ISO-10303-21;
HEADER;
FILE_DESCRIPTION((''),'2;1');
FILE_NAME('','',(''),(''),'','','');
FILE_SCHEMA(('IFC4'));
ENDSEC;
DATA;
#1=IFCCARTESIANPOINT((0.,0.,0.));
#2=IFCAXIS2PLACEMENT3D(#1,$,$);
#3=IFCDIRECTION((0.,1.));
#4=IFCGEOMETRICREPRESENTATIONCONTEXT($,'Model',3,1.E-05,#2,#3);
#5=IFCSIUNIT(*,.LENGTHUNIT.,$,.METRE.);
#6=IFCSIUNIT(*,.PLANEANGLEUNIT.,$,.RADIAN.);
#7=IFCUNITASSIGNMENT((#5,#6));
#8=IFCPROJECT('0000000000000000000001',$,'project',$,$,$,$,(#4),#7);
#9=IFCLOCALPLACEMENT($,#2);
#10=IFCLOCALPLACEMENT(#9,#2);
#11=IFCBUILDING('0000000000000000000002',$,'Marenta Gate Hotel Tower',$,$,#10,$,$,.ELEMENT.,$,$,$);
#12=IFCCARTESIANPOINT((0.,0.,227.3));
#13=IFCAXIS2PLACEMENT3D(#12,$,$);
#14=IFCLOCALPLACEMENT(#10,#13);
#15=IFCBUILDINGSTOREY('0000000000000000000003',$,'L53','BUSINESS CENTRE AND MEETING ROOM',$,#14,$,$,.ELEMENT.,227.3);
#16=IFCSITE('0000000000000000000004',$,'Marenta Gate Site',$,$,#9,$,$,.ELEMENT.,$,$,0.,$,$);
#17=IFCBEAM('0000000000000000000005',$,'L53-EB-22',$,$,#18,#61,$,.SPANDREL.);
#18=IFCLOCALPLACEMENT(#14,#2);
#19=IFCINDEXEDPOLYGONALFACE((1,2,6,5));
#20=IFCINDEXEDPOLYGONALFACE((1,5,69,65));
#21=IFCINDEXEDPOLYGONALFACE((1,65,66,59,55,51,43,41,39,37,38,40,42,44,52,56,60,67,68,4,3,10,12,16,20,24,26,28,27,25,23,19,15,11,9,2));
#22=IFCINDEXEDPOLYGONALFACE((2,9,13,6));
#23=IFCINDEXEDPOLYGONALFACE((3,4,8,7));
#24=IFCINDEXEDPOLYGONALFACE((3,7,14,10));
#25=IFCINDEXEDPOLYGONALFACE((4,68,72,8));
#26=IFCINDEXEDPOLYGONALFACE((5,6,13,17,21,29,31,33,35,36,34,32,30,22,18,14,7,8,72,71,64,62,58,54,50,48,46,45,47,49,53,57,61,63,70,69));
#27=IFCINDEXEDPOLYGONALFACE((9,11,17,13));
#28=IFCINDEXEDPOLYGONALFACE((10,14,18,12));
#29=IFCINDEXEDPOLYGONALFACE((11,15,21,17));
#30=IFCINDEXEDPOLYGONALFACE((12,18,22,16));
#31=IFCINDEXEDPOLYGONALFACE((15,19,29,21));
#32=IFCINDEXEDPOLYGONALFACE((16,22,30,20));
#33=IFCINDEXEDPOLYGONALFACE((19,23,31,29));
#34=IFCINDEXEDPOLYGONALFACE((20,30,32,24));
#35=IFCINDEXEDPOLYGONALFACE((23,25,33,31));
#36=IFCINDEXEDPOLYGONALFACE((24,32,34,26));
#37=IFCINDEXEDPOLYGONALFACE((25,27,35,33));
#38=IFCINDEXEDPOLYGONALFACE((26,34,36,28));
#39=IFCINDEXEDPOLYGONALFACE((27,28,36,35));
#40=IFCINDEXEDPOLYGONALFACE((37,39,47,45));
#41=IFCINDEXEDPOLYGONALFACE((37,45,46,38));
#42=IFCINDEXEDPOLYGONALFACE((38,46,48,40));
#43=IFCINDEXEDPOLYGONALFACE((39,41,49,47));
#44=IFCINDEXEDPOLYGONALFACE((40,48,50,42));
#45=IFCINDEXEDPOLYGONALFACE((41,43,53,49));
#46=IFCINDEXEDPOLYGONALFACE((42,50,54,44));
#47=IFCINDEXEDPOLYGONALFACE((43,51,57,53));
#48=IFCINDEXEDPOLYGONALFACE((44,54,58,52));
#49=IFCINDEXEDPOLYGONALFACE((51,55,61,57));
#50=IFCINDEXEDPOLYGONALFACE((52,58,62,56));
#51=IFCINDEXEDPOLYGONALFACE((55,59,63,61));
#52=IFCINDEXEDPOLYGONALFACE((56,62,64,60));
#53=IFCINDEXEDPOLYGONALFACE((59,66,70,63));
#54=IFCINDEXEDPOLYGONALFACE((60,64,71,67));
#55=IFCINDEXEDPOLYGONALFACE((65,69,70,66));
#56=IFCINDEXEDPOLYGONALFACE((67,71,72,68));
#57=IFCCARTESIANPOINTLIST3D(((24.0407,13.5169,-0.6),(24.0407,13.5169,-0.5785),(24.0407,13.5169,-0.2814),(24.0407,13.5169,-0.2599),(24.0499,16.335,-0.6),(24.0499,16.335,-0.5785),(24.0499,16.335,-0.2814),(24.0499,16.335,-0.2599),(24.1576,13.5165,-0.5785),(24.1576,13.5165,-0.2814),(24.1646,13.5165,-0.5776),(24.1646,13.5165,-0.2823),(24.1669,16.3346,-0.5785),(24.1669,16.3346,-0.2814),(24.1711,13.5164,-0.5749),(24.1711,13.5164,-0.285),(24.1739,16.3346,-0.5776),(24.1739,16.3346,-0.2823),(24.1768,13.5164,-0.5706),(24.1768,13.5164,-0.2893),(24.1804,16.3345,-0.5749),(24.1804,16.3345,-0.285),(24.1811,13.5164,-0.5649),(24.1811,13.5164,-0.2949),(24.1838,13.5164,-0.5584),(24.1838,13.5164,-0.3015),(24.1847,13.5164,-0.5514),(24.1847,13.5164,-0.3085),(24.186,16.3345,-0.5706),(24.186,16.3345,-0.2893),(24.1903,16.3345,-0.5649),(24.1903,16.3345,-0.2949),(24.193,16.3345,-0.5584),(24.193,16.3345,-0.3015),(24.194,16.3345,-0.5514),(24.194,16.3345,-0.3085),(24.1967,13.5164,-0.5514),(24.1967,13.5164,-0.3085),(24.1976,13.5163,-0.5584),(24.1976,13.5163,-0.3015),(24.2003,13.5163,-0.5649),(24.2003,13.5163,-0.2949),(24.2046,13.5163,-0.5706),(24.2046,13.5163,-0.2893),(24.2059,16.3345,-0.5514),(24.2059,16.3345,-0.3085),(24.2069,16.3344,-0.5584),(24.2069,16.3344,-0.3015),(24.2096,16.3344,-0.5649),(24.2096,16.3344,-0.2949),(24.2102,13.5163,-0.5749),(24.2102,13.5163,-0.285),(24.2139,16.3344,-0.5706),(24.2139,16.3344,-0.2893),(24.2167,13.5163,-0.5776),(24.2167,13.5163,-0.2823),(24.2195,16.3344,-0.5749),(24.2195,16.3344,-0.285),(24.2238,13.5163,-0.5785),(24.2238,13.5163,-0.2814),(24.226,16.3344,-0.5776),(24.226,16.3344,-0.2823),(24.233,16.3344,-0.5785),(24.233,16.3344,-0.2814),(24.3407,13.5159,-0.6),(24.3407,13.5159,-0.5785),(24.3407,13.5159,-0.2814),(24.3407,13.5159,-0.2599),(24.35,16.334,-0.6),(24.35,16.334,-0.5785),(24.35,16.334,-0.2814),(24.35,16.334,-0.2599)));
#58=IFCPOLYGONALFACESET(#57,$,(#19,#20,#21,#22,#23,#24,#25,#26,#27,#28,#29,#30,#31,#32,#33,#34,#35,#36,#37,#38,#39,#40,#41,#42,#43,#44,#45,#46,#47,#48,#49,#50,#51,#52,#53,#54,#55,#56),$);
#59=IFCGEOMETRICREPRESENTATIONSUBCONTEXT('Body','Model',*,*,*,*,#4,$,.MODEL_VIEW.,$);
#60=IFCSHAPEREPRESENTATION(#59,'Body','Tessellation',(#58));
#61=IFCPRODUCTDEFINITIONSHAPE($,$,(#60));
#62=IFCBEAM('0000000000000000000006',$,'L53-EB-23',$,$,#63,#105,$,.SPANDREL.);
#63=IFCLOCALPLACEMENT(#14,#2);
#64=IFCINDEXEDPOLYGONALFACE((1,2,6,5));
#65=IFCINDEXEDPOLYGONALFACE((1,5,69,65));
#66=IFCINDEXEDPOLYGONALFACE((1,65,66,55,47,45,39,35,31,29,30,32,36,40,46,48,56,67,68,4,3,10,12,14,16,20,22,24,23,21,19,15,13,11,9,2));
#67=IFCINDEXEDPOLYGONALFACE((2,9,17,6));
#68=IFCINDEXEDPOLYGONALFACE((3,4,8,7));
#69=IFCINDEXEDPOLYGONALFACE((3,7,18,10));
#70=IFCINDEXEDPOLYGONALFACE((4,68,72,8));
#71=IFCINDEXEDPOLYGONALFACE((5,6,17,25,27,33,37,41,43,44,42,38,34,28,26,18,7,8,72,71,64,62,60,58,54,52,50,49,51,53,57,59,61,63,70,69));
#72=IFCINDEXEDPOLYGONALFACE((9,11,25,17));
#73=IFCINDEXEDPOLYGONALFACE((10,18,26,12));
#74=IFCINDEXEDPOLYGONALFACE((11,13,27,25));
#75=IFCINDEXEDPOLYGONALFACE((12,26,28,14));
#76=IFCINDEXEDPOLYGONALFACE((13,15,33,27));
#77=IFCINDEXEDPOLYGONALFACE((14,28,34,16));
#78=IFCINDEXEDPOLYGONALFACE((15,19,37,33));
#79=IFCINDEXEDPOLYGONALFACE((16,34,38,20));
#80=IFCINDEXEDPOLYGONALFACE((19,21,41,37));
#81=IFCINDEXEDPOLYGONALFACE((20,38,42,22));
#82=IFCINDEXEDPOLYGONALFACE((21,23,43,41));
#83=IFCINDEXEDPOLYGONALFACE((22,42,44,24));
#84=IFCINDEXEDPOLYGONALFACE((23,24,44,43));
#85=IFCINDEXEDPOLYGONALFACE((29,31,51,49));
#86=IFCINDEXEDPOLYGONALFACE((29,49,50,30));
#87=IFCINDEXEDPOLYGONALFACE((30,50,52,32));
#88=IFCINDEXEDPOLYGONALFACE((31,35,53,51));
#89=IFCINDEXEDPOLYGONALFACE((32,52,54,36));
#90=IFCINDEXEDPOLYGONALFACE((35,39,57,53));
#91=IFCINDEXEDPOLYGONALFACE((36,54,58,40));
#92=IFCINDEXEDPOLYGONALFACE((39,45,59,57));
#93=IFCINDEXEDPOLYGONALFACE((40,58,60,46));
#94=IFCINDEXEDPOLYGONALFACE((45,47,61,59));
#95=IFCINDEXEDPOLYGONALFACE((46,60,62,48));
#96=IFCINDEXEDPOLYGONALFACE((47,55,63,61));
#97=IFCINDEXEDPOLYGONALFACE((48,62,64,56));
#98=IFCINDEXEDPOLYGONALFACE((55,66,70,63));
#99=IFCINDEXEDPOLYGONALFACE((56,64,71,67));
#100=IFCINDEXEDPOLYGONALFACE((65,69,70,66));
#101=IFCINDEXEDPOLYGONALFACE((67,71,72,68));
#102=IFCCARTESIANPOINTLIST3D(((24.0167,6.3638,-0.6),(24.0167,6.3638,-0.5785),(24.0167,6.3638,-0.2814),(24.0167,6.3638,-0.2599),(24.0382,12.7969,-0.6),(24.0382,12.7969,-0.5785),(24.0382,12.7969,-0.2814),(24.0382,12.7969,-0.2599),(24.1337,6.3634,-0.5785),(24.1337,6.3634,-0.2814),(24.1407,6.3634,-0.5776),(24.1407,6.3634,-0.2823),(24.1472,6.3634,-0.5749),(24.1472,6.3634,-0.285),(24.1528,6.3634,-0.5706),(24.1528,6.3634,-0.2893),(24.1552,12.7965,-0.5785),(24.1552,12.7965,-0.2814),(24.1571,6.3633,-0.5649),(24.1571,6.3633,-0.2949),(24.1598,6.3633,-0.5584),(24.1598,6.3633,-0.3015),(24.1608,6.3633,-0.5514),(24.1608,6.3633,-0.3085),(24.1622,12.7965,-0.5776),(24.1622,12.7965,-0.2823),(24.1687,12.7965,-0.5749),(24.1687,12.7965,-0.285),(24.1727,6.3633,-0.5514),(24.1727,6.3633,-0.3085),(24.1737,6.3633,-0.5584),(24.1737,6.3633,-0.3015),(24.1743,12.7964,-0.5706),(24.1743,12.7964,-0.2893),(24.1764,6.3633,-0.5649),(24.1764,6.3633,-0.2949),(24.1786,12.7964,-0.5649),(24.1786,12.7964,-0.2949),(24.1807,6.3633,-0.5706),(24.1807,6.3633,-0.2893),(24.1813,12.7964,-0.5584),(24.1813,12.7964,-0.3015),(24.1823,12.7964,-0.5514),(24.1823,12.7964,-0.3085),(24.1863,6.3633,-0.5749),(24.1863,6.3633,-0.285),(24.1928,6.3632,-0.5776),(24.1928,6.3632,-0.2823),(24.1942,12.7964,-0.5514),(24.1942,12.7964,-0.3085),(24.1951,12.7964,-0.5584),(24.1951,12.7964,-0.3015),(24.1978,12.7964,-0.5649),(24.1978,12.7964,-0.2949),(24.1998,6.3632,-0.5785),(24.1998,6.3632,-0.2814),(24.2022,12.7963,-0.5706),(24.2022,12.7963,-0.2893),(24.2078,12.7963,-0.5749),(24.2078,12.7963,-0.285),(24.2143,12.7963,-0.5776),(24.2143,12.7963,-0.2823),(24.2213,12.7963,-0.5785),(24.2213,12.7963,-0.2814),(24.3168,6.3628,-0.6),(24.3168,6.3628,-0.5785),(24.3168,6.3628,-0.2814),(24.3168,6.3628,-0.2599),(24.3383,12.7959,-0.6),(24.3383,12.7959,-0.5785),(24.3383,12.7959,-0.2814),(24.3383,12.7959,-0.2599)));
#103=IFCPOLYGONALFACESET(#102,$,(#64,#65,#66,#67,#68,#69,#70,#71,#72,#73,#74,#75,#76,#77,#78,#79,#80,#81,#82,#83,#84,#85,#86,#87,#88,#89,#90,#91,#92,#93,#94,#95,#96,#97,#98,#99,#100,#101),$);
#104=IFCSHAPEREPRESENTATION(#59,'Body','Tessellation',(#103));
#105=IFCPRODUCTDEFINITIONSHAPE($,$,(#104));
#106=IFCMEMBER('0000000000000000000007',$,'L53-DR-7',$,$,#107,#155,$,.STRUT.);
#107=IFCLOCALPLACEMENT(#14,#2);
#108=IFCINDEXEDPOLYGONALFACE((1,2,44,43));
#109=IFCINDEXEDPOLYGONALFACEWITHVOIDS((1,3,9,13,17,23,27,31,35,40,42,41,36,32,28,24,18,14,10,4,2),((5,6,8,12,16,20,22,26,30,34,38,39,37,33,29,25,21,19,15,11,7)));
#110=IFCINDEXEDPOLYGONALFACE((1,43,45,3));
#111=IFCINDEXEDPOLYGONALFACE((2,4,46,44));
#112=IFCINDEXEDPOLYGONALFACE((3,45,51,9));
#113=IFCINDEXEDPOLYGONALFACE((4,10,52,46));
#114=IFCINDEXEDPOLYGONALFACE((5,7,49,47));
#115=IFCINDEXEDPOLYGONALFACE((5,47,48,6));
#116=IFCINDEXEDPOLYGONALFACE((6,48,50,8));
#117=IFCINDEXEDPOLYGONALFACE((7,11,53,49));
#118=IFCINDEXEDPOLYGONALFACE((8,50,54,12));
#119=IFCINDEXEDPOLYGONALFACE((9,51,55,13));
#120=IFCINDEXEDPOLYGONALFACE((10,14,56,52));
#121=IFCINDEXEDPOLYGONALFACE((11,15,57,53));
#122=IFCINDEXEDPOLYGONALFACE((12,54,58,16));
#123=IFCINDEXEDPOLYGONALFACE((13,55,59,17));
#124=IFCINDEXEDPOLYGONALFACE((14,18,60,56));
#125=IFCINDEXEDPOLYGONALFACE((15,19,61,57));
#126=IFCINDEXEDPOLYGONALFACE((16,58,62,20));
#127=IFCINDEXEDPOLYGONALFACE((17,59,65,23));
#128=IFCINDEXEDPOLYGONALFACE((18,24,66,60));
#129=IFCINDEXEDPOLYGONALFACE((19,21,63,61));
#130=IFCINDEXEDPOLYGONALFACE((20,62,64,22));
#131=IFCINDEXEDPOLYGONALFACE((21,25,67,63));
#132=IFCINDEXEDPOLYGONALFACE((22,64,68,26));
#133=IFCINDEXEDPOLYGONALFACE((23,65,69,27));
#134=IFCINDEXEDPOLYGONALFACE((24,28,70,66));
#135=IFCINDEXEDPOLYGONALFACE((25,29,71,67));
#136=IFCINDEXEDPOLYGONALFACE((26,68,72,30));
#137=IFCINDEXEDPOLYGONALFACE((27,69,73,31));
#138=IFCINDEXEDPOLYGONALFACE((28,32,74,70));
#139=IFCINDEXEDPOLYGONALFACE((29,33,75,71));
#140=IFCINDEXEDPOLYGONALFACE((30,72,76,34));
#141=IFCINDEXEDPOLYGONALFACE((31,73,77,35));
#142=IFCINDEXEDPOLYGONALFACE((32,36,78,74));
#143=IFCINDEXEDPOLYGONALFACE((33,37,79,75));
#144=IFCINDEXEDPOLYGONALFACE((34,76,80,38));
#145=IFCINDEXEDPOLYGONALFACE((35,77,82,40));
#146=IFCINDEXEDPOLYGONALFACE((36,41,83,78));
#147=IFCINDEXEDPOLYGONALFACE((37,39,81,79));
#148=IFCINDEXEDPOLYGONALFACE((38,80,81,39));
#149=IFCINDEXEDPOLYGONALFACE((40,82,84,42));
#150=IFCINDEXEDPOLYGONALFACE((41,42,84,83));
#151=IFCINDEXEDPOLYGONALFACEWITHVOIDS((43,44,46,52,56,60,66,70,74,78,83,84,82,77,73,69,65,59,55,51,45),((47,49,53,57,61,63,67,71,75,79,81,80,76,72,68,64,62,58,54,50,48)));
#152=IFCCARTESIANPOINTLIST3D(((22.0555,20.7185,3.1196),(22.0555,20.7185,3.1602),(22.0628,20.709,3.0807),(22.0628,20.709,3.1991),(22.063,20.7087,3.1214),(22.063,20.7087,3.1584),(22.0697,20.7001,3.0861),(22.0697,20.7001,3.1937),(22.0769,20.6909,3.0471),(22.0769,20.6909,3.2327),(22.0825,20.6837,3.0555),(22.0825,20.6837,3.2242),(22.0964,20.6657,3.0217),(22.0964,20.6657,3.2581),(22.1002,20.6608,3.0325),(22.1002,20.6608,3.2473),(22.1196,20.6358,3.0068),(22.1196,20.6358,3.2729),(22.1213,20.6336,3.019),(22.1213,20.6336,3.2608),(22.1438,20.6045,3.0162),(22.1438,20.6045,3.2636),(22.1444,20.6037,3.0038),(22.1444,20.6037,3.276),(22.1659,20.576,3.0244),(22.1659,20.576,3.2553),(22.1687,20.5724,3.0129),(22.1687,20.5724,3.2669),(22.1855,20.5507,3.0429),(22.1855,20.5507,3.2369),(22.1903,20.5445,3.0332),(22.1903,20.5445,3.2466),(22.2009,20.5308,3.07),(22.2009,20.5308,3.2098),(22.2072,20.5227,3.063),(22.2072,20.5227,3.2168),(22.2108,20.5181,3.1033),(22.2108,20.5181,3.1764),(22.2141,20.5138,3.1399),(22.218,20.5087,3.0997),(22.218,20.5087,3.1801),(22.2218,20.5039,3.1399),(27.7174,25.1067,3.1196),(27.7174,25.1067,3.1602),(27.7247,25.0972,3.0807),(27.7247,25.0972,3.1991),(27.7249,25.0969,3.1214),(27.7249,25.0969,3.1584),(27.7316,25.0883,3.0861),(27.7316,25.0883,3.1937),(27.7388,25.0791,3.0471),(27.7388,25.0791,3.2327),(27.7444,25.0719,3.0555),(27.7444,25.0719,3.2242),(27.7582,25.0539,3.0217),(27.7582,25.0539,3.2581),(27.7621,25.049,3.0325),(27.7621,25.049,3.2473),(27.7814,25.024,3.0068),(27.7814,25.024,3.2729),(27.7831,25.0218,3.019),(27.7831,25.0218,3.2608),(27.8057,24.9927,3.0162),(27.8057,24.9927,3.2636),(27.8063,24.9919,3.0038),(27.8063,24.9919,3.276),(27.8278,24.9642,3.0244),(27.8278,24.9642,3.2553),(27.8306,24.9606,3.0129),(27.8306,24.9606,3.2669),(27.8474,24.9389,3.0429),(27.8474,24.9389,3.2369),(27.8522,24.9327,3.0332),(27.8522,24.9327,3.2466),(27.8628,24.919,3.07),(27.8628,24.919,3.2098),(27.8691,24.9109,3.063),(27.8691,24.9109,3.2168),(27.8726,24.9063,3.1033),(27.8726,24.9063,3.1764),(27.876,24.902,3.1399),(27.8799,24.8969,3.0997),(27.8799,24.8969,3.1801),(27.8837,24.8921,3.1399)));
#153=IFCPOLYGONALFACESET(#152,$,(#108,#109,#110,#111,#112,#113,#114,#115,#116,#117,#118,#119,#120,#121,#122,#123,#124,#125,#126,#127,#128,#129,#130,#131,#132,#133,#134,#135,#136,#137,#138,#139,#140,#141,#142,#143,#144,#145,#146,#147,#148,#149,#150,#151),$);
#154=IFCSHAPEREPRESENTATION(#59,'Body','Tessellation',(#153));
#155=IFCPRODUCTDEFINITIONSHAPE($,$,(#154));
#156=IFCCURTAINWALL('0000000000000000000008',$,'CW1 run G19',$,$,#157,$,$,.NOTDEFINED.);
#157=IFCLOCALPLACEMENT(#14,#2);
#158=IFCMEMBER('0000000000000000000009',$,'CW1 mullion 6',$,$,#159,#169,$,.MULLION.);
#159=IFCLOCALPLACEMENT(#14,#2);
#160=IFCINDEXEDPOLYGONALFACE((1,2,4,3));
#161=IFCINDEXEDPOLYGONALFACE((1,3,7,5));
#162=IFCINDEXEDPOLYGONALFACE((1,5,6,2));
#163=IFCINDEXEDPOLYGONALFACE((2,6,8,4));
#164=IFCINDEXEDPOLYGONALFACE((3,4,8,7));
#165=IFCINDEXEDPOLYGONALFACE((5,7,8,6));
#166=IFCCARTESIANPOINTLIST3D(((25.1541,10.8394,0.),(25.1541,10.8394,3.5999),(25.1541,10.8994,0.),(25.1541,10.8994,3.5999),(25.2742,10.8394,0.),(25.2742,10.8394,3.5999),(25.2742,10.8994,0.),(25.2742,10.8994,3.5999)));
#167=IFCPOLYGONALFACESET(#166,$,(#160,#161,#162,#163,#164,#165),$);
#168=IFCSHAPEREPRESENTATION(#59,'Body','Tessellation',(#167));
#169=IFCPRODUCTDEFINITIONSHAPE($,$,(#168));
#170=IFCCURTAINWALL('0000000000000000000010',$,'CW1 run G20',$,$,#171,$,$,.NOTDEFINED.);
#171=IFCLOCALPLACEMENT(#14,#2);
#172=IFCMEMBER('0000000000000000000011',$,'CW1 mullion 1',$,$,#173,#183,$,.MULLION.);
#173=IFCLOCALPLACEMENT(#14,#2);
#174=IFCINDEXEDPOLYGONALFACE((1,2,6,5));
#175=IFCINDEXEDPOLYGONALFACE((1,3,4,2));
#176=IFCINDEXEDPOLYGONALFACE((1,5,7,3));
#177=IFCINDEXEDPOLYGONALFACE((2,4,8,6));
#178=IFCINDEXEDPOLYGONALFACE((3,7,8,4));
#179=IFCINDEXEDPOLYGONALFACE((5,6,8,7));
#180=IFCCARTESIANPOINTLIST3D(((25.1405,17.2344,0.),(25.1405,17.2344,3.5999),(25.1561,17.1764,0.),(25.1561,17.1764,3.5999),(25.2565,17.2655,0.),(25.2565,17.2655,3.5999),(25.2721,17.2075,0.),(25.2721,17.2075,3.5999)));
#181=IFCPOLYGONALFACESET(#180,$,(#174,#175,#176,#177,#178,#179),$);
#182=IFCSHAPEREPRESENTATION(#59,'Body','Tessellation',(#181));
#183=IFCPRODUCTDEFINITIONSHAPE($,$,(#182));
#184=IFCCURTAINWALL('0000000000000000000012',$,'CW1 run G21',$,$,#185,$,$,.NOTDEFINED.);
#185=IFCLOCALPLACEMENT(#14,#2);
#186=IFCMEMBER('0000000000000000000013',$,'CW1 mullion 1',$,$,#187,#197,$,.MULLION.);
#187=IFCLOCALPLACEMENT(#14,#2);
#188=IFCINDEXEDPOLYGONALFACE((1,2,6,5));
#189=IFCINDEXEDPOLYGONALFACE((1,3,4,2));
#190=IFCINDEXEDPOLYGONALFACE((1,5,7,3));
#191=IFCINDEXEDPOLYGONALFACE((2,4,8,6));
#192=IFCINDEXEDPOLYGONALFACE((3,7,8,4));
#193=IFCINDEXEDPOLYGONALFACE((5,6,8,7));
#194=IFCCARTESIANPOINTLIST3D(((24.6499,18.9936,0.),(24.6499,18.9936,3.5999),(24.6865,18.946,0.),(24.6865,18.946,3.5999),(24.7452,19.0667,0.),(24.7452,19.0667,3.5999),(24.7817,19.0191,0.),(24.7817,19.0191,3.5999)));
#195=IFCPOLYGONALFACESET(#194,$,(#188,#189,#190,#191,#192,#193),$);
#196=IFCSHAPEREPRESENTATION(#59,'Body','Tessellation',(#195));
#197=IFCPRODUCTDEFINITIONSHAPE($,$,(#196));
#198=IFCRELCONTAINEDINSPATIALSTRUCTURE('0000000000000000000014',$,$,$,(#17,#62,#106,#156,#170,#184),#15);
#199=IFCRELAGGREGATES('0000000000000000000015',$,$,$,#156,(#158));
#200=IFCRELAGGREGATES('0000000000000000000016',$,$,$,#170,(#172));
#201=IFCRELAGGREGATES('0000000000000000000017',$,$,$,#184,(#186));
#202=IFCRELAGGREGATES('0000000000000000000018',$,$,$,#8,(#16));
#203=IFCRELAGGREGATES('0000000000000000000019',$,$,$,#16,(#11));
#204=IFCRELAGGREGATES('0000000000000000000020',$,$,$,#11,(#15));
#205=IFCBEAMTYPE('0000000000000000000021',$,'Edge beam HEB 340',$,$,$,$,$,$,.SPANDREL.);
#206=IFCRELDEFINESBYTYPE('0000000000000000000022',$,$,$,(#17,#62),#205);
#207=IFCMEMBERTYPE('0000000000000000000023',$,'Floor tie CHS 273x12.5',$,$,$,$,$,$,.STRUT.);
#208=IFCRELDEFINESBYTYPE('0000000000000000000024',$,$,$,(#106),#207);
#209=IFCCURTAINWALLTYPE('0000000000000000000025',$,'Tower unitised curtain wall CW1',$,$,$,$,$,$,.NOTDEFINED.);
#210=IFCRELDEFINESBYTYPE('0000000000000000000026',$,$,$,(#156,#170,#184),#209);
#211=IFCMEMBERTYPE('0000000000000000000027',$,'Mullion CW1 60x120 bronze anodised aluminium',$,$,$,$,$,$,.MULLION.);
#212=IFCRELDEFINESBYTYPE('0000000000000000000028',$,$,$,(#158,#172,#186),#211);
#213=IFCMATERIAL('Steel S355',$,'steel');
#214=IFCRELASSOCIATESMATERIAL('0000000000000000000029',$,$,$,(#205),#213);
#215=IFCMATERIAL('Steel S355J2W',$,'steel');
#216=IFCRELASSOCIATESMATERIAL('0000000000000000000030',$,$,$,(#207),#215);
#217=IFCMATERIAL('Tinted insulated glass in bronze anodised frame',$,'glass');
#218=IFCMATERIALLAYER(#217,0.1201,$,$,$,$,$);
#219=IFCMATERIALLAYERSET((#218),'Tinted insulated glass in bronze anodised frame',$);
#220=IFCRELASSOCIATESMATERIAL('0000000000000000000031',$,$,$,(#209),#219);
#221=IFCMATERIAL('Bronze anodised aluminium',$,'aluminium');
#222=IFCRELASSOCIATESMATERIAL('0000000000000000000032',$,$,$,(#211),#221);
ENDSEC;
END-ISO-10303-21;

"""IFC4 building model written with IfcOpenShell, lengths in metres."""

from ifc_helpers import new_model, si_unit, direction, frame, origin, origin_2d, place, context, subcontext, project, spatial, rectangle, hollow_circle, i_section, extrude, material, layer, layer_set, material_profile, profile_set, type_object, element, aggregate, save


model = new_model("IFC4")

# Units and contexts
model_context = context("Model", 3, precision=1e-05, world=origin(), true_north=direction((0.0, 1.0)))
body_context = subcontext(model_context, "Body", "Model", "MODEL_VIEW")
ifc_project = project(units=[si_unit("LENGTHUNIT", "METRE"), si_unit("PLANEANGLEUNIT", "RADIAN")], contexts=[model_context])

# Site, building, storey
site_placement = place(None, origin())
site = spatial("IfcSite", under=ifc_project, at=site_placement, Name="Marenta Gate Site", CompositionType="ELEMENT", RefElevation=0.0)
building_placement = place(site_placement, origin())
building = spatial("IfcBuilding", under=site, at=building_placement, Name="Marenta Gate Hotel Tower", CompositionType="ELEMENT")
storey_placement = place(building_placement, frame((0.0, 0.0, 227.3)))
storey = spatial("IfcBuildingStorey", under=building, at=storey_placement, Name="L53", Description="BUSINESS CENTRE AND MEETING ROOM", CompositionType="ELEMENT", Elevation=227.3)

# Beams
ifc_material_1 = material(Name="Steel S355", Category="steel")
ifc_material_profile_1 = material_profile(ifc_material_1, i_section(OverallWidth=0.3, OverallDepth=0.3401, WebThickness=0.012, FlangeThickness=0.0215, FilletRadius=0.0271, at=origin_2d()), Name="HEB 340")
ifc_profile_set_1 = profile_set([ifc_material_profile_1], Name="Steel S355")
beam_type = type_object("IfcBeamType", Name="Edge beam HEB 340", PredefinedType="SPANDREL", material=ifc_profile_set_1)
beam_1_placement = place(storey_placement, frame((24.2, 16.3345, -0.4299), z_axis=(-0.003292, -0.999995, 0.0), x_axis=(0.999995, -0.003292, 0.0)))
element("IfcBeam", 1, at=beam_1_placement, inside=storey, type_object=beam_type, Name="L53-EB-22", PredefinedType="SPANDREL", context=body_context, shape_type="SweptSolid", body=[
    extrude(i_section(OverallWidth=0.3, OverallDepth=0.3401, WebThickness=0.012, FlangeThickness=0.0215, FilletRadius=0.0271, at=origin_2d()), origin(), (0.0, 0.0, 1.0), 2.8181),
])
beam_2_placement = place(storey_placement, frame((24.1882, 12.7964, -0.4299), z_axis=(-0.00334, -0.999994, 0.0), x_axis=(0.999994, -0.00334, 0.0)))
element("IfcBeam", 2, at=beam_2_placement, inside=storey, type_object=beam_type, Name="L53-EB-23", PredefinedType="SPANDREL", context=body_context, shape_type="SweptSolid", body=[
    extrude(i_section(OverallWidth=0.3, OverallDepth=0.3401, WebThickness=0.012, FlangeThickness=0.0215, FilletRadius=0.0271, at=origin_2d()), origin(), (0.0, 0.0, 1.0), 6.4331),
])

# Member
ifc_material_2 = material(Name="Steel S355J2W", Category="steel")
ifc_material_profile_2 = material_profile(ifc_material_2, hollow_circle(Radius=0.1365, WallThickness=0.0125, at=origin_2d()), Name="CHS 273x12.5")
ifc_profile_set_2 = profile_set([ifc_material_profile_2], Name="Steel S355J2W")
member_type_1 = type_object("IfcMemberType", Name="Floor tie CHS 273x12.5", PredefinedType="STRUT", material=ifc_profile_set_2)
member_1_placement = place(storey_placement, frame((27.8, 25.0, 3.1399), z_axis=(-0.790399, -0.612592, 0.0), x_axis=(0.612592, -0.790399, 0.0)))
element("IfcMember", 3, at=member_1_placement, inside=storey, type_object=member_type_1, Name="L53-DR-7", PredefinedType="STRUT", context=body_context, shape_type="SweptSolid", body=[
    extrude(hollow_circle(Radius=0.1365, WallThickness=0.0125, at=origin_2d()), origin(), (0.0, 0.0, 1.0), 7.1633),
])

# Curtain walls, members
ifc_material_3 = material(Name="Tinted insulated glass in bronze anodised frame", Category="glass")
ifc_layer_1 = layer(ifc_material_3, 0.1201)
ifc_layer_set_1 = layer_set([ifc_layer_1], Name="Tinted insulated glass in bronze anodised frame")
curtain_wall_type = type_object("IfcCurtainWallType", Name="Tower unitised curtain wall CW1", PredefinedType="NOTDEFINED", material=ifc_layer_set_1)
curtain_wall_1_placement = place(storey_placement, origin())
curtain_wall_1 = element("IfcCurtainWall", 4, at=curtain_wall_1_placement, inside=storey, type_object=curtain_wall_type, Name="CW1 run G19", PredefinedType="NOTDEFINED")
ifc_material_4 = material(Name="Bronze anodised aluminium", Category="aluminium")
ifc_material_profile_3 = material_profile(ifc_material_4, rectangle(XDim=0.1201, YDim=0.0601, at=origin_2d()), Name="Mullion CW1 60x120 bronze anodised aluminium")
ifc_profile_set_3 = profile_set([ifc_material_profile_3], Name="Bronze anodised aluminium")
member_type_2 = type_object("IfcMemberType", Name="Mullion CW1 60x120 bronze anodised aluminium", PredefinedType="MULLION", material=ifc_profile_set_3)
member_2_placement = place(storey_placement, frame((25.2141, 10.8694, 0.0), z_axis=(0.0, 0.0, 1.0), x_axis=(-1.0, 0.0, 0.0)))
member_2 = element("IfcMember", 5, at=member_2_placement, type_object=member_type_2, Name="CW1 mullion 6", PredefinedType="MULLION", context=body_context, shape_type="SweptSolid", body=[
    extrude(rectangle(XDim=0.1201, YDim=0.0601, at=origin_2d()), origin(), (0.0, 0.0, 1.0), 3.5999),
])
curtain_wall_2_placement = place(storey_placement, origin())
curtain_wall_2 = element("IfcCurtainWall", 6, at=curtain_wall_2_placement, inside=storey, type_object=curtain_wall_type, Name="CW1 run G20", PredefinedType="NOTDEFINED")
member_3_placement = place(storey_placement, frame((25.2063, 17.2209, 0.0), z_axis=(0.0, 0.0, 1.0), x_axis=(-0.965924, -0.258824, 0.0)))
member_3 = element("IfcMember", 7, at=member_3_placement, type_object=member_type_2, Name="CW1 mullion 1", PredefinedType="MULLION", context=body_context, shape_type="SweptSolid", body=[
    extrude(rectangle(XDim=0.1201, YDim=0.0601, at=origin_2d()), origin(), (0.0, 0.0, 1.0), 3.5999),
])
curtain_wall_3_placement = place(storey_placement, origin())
curtain_wall_3 = element("IfcCurtainWall", 8, at=curtain_wall_3_placement, inside=storey, type_object=curtain_wall_type, Name="CW1 run G21", PredefinedType="NOTDEFINED")
member_4_placement = place(storey_placement, frame((24.7158, 19.0063, 0.0), z_axis=(0.0, 0.0, 1.0), x_axis=(-0.793333, -0.608787, 0.0)))
member_4 = element("IfcMember", 9, at=member_4_placement, type_object=member_type_2, Name="CW1 mullion 1", PredefinedType="MULLION", context=body_context, shape_type="SweptSolid", body=[
    extrude(rectangle(XDim=0.1201, YDim=0.0601, at=origin_2d()), origin(), (0.0, 0.0, 1.0), 3.5999),
])

aggregate(curtain_wall_1, [member_2])
aggregate(curtain_wall_2, [member_3])
aggregate(curtain_wall_3, [member_4])

save(model, "model.ifc")
